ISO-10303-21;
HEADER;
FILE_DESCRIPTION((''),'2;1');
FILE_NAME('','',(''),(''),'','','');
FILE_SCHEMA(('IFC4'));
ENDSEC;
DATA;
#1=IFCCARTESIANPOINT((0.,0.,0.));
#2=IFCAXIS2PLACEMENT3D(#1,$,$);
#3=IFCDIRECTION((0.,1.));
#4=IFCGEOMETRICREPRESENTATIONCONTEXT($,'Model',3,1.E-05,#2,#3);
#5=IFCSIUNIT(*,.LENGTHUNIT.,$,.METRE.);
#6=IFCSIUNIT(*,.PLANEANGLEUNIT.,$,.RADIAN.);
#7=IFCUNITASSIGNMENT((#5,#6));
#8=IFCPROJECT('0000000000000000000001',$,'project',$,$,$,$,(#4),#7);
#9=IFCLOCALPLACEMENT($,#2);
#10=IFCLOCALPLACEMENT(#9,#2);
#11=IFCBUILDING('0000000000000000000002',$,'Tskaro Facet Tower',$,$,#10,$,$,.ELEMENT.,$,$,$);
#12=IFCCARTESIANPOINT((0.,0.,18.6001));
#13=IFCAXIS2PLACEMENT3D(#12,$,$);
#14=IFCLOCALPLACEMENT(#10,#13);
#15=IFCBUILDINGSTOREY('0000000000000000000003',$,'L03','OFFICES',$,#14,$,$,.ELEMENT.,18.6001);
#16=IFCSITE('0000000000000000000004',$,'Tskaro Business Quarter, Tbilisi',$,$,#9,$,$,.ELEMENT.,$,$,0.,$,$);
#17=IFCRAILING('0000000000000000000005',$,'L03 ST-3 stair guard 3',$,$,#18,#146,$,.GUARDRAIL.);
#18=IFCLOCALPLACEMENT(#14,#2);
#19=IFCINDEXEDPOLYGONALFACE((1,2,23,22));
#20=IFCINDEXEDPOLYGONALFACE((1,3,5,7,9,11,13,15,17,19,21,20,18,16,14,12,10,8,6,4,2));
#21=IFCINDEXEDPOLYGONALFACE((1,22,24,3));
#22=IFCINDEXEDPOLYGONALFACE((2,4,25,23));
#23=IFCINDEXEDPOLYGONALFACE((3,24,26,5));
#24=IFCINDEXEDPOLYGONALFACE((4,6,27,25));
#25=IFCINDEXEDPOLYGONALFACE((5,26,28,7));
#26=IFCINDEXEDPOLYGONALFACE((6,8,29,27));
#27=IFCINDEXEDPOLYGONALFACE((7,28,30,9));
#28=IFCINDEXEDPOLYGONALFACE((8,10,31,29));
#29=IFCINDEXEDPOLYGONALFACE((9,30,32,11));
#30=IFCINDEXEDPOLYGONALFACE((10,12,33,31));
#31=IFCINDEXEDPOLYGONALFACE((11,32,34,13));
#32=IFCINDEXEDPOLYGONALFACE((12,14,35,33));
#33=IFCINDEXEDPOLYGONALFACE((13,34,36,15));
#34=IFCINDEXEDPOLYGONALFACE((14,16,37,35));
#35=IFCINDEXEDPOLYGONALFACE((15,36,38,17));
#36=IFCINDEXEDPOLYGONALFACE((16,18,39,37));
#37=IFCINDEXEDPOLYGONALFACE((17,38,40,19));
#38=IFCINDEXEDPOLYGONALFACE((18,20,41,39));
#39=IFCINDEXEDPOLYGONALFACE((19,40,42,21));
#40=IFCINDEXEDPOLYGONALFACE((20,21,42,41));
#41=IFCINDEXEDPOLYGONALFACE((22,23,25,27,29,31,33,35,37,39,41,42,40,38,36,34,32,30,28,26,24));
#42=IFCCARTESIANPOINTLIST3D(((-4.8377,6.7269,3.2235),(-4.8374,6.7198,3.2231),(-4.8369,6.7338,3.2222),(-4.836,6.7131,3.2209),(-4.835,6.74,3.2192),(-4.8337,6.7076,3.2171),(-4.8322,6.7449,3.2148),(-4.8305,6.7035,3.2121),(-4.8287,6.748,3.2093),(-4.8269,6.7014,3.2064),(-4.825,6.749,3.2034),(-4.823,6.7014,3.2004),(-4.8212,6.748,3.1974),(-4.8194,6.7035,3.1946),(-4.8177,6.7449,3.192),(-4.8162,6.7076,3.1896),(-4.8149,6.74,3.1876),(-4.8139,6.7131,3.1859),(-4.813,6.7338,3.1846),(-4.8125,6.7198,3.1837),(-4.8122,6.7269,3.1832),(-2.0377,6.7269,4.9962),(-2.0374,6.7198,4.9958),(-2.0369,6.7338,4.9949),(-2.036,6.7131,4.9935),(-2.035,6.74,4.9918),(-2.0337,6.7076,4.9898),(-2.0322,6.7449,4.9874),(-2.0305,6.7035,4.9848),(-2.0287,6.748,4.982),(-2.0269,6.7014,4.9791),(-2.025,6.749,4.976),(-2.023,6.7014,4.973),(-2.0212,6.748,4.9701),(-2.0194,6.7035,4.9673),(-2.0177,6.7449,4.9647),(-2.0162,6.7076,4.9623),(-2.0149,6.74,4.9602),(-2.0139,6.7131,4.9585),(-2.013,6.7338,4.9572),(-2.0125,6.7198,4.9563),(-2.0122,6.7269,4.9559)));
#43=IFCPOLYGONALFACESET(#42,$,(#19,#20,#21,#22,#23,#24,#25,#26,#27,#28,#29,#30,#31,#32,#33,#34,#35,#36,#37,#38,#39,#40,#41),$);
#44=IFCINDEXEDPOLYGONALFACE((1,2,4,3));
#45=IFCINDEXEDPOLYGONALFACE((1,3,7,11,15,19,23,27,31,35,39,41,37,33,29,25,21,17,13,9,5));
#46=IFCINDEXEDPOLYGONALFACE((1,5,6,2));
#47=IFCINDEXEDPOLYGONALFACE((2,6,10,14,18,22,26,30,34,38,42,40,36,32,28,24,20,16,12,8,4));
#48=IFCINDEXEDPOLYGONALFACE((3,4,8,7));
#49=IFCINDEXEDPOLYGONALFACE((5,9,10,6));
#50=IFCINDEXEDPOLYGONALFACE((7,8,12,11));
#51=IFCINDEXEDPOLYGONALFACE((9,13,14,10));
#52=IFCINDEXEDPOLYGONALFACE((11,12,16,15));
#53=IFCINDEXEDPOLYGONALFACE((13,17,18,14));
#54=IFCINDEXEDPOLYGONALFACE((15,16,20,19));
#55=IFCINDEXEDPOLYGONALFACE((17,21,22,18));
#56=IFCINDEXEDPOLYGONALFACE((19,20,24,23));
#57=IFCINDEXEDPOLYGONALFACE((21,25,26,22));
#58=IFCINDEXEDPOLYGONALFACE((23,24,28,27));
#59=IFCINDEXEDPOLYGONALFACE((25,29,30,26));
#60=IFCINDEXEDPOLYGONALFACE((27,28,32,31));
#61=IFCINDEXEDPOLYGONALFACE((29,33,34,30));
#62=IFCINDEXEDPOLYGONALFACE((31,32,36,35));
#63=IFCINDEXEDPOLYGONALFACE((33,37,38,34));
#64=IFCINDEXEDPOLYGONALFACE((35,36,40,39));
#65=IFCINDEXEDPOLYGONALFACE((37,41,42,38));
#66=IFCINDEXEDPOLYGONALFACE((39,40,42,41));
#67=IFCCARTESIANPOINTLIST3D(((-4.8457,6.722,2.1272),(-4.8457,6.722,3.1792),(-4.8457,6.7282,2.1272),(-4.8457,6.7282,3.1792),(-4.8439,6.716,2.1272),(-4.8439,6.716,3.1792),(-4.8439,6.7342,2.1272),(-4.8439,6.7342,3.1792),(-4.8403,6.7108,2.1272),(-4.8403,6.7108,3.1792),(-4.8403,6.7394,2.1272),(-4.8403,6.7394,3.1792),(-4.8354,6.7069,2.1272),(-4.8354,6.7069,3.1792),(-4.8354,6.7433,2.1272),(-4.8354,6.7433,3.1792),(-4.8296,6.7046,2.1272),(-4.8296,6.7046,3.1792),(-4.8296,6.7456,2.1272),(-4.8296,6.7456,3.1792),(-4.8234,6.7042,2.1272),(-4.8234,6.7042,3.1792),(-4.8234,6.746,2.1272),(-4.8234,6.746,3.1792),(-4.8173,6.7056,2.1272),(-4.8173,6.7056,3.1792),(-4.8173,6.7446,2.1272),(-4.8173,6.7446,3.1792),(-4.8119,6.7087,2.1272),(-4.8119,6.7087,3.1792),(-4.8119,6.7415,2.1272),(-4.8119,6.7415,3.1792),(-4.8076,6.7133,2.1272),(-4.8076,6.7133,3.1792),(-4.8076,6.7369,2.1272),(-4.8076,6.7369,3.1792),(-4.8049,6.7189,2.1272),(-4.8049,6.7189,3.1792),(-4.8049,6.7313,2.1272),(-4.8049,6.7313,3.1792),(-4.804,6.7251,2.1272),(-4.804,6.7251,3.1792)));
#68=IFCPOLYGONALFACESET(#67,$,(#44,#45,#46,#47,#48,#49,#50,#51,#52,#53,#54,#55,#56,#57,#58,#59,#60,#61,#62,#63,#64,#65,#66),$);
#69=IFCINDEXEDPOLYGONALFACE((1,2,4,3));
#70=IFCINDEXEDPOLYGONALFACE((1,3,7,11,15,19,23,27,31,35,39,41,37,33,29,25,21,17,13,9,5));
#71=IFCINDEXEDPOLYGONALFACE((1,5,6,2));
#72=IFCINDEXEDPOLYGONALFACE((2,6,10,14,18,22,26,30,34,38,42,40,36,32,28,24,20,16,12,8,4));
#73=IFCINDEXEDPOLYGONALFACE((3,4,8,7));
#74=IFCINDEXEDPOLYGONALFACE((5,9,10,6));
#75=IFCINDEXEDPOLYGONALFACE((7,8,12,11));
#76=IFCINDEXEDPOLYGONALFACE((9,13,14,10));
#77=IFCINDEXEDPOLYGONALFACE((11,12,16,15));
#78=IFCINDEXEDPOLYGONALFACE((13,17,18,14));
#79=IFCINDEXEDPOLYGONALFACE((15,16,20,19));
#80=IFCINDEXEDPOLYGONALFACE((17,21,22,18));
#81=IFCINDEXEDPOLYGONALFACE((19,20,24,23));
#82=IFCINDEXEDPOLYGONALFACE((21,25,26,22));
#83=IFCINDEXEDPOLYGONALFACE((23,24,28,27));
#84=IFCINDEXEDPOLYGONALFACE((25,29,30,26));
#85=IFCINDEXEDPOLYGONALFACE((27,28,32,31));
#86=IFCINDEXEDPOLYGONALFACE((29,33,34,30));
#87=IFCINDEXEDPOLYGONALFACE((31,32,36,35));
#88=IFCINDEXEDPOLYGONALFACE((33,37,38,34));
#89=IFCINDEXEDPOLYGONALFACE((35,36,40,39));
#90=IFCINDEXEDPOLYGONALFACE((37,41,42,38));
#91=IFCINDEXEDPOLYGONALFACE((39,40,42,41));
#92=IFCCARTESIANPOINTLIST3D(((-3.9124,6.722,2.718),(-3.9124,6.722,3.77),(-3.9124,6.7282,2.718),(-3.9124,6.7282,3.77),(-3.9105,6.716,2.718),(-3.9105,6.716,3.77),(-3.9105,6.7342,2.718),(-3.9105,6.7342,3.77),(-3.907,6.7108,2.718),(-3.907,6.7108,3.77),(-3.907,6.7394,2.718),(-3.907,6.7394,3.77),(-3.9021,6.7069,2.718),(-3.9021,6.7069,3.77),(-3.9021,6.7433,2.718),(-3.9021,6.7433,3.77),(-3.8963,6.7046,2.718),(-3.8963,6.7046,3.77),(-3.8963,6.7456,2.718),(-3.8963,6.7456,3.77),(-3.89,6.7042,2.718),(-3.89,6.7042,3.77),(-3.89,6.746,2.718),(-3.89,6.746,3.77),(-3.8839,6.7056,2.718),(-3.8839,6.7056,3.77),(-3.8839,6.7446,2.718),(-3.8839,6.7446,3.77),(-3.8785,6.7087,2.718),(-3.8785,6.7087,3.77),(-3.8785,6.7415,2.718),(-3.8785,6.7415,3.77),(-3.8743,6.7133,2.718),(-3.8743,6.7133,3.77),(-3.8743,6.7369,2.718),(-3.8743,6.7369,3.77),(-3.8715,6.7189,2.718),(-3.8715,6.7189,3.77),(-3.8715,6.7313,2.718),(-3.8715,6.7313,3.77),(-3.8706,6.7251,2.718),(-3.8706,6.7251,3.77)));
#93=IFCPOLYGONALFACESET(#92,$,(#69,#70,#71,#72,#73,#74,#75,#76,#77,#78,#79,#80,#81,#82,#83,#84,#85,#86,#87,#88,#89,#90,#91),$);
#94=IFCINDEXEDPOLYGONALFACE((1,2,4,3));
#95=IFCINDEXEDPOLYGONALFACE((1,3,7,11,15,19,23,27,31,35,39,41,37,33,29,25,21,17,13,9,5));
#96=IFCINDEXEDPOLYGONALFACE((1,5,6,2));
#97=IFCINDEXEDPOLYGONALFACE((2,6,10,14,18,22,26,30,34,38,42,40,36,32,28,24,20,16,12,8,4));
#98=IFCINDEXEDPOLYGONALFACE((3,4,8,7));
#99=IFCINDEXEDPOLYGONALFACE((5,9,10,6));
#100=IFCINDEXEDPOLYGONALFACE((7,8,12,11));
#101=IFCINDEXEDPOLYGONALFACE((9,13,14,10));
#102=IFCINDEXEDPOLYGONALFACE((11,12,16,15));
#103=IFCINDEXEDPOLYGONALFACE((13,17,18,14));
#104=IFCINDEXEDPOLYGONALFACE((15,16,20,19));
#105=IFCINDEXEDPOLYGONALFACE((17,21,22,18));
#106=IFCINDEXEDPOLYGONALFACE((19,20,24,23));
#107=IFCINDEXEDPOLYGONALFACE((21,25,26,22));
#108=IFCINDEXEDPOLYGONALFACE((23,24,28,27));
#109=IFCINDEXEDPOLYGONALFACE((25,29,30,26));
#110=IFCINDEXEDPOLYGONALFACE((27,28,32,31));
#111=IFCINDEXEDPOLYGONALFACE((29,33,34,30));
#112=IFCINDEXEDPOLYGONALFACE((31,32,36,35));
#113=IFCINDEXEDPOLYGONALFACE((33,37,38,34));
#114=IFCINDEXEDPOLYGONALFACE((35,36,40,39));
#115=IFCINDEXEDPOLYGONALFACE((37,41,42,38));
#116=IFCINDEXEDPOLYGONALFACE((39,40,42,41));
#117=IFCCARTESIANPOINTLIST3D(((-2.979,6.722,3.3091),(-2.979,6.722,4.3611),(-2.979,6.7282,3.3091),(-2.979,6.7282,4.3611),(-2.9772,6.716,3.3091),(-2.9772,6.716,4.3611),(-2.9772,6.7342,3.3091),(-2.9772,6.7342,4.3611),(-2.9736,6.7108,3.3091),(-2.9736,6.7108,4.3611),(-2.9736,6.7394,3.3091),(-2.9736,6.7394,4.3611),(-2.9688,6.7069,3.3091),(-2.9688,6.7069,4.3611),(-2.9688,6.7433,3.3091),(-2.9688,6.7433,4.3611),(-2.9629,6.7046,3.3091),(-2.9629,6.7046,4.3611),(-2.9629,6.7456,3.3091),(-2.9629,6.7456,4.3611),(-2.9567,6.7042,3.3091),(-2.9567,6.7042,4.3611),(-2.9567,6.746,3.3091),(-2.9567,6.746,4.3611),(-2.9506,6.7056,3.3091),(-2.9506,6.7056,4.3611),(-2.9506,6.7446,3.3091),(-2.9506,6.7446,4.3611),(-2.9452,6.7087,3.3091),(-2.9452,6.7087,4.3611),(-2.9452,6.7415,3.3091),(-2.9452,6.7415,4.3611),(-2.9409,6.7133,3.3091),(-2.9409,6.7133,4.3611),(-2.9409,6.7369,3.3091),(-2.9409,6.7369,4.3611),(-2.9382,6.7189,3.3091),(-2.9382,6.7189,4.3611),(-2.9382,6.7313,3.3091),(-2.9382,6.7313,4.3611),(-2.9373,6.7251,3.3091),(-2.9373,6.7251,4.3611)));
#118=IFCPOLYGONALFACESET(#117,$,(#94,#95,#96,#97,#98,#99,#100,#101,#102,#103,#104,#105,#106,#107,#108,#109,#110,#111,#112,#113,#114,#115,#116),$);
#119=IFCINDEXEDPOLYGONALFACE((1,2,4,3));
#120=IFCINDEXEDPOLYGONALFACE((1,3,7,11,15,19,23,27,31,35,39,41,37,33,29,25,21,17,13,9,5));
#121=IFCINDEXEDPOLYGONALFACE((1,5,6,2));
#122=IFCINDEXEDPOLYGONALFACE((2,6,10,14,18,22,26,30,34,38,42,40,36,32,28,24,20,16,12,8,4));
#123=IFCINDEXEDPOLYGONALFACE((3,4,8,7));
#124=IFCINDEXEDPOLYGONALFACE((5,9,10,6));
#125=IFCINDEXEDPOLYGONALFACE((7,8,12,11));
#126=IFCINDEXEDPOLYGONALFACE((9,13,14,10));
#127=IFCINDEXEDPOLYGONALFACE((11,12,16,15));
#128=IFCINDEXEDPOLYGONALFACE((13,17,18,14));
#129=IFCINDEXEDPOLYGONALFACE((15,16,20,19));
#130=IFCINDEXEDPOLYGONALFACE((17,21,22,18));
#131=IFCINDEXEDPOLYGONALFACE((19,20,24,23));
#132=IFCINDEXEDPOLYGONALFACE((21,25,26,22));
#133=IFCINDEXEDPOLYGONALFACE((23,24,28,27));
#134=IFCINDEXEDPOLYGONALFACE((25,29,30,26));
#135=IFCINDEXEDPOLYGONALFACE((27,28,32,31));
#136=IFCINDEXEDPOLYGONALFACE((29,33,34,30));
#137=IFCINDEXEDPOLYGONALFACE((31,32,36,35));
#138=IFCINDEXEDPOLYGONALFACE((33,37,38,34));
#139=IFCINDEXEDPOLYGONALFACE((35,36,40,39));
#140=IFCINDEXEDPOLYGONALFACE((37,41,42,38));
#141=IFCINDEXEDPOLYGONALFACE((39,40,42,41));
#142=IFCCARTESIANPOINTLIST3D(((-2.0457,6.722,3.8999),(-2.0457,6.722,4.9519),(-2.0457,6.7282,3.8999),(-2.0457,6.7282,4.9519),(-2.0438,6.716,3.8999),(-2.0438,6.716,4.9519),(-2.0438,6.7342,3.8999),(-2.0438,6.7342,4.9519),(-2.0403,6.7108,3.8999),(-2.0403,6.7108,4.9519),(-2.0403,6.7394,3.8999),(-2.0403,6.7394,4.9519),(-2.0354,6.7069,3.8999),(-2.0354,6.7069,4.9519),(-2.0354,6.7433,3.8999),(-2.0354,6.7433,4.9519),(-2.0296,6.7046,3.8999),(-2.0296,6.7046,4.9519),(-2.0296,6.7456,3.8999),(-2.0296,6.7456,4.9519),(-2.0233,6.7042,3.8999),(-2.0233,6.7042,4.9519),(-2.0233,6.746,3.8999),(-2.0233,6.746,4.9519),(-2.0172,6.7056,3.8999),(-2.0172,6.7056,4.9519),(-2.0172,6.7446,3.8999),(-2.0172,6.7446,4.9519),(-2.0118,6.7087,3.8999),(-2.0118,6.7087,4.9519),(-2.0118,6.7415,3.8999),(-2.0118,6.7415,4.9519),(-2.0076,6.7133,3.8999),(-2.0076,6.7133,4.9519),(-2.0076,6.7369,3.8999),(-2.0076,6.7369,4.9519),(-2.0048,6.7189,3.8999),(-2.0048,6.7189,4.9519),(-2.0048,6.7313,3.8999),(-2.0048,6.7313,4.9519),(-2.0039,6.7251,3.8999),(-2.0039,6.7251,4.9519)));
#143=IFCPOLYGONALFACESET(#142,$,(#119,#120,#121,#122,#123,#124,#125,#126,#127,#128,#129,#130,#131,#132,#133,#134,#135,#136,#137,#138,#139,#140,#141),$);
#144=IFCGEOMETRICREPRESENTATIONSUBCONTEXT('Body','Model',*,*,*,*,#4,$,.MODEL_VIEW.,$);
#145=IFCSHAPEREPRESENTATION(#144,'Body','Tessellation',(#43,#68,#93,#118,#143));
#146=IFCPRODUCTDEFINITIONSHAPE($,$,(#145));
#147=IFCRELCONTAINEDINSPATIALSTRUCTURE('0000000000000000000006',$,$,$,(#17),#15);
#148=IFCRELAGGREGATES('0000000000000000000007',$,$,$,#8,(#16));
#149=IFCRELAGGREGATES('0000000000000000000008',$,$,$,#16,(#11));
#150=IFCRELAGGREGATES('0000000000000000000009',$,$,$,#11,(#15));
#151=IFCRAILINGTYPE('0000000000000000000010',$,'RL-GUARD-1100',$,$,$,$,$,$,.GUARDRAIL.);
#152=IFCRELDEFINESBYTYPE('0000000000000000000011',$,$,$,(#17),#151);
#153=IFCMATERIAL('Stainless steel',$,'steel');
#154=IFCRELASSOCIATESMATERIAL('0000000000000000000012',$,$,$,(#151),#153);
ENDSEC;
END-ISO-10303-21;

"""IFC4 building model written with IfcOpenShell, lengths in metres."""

from ifc_helpers import new_model, si_unit, direction, frame, origin, origin_2d, place, context, subcontext, project, spatial, circle, extrude, material, type_object, element, save


model = new_model("IFC4")

# Units and contexts
model_context = context("Model", 3, precision=1e-05, world=origin(), true_north=direction((0.0, 1.0)))
body_context = subcontext(model_context, "Body", "Model", "MODEL_VIEW")
ifc_project = project(units=[si_unit("LENGTHUNIT", "METRE"), si_unit("PLANEANGLEUNIT", "RADIAN")], contexts=[model_context])

# Site, building, storey
site_placement = place(None, origin())
site = spatial("IfcSite", under=ifc_project, at=site_placement, Name="Tskaro Business Quarter, Tbilisi", CompositionType="ELEMENT", RefElevation=0.0)
building_placement = place(site_placement, origin())
building = spatial("IfcBuilding", under=site, at=building_placement, Name="Tskaro Facet Tower", CompositionType="ELEMENT")
storey_placement = place(building_placement, frame((0.0, 0.0, 18.6001)))
storey = spatial("IfcBuildingStorey", under=building, at=storey_placement, Name="L03", Description="OFFICES", CompositionType="ELEMENT", Elevation=18.6001)

# Railing
ifc_material_1 = material(Name="Stainless steel", Category="steel")
railing_type_1 = type_object("IfcRailingType", Name="RL-GUARD-1100", PredefinedType="GUARDRAIL", material=ifc_material_1)
railing_1_placement = place(storey_placement, frame((-4.825, 6.7251, 2.1272)))
element("IfcRailing", 1, at=railing_1_placement, inside=storey, type_object=railing_type_1, Name="L03 ST-3 stair guard 3", PredefinedType="GUARDRAIL", context=body_context, shape_type="SweptSolid", body=[
    extrude(circle(Radius=0.0239, at=origin_2d()), frame((0.0, 0.0, 1.0762), z_axis=(0.844909, 0.0, 0.53491), x_axis=(0.0, 1.0, 0.0)), (0.0, 0.0, 1.0), 3.314),
    extrude(circle(Radius=0.021, at=origin_2d()), origin(), (0.0, 0.0, 1.0), 1.052),
    extrude(circle(Radius=0.021, at=origin_2d()), frame((0.9333, 0.0, 0.5908)), (0.0, 0.0, 1.0), 1.052),
    extrude(circle(Radius=0.021, at=origin_2d()), frame((1.8667, 0.0, 1.1819)), (0.0, 0.0, 1.0), 1.052),
    extrude(circle(Radius=0.021, at=origin_2d()), frame((2.8, 0.0, 1.7727)), (0.0, 0.0, 1.0), 1.052),
])

save(model, "model.ifc")
